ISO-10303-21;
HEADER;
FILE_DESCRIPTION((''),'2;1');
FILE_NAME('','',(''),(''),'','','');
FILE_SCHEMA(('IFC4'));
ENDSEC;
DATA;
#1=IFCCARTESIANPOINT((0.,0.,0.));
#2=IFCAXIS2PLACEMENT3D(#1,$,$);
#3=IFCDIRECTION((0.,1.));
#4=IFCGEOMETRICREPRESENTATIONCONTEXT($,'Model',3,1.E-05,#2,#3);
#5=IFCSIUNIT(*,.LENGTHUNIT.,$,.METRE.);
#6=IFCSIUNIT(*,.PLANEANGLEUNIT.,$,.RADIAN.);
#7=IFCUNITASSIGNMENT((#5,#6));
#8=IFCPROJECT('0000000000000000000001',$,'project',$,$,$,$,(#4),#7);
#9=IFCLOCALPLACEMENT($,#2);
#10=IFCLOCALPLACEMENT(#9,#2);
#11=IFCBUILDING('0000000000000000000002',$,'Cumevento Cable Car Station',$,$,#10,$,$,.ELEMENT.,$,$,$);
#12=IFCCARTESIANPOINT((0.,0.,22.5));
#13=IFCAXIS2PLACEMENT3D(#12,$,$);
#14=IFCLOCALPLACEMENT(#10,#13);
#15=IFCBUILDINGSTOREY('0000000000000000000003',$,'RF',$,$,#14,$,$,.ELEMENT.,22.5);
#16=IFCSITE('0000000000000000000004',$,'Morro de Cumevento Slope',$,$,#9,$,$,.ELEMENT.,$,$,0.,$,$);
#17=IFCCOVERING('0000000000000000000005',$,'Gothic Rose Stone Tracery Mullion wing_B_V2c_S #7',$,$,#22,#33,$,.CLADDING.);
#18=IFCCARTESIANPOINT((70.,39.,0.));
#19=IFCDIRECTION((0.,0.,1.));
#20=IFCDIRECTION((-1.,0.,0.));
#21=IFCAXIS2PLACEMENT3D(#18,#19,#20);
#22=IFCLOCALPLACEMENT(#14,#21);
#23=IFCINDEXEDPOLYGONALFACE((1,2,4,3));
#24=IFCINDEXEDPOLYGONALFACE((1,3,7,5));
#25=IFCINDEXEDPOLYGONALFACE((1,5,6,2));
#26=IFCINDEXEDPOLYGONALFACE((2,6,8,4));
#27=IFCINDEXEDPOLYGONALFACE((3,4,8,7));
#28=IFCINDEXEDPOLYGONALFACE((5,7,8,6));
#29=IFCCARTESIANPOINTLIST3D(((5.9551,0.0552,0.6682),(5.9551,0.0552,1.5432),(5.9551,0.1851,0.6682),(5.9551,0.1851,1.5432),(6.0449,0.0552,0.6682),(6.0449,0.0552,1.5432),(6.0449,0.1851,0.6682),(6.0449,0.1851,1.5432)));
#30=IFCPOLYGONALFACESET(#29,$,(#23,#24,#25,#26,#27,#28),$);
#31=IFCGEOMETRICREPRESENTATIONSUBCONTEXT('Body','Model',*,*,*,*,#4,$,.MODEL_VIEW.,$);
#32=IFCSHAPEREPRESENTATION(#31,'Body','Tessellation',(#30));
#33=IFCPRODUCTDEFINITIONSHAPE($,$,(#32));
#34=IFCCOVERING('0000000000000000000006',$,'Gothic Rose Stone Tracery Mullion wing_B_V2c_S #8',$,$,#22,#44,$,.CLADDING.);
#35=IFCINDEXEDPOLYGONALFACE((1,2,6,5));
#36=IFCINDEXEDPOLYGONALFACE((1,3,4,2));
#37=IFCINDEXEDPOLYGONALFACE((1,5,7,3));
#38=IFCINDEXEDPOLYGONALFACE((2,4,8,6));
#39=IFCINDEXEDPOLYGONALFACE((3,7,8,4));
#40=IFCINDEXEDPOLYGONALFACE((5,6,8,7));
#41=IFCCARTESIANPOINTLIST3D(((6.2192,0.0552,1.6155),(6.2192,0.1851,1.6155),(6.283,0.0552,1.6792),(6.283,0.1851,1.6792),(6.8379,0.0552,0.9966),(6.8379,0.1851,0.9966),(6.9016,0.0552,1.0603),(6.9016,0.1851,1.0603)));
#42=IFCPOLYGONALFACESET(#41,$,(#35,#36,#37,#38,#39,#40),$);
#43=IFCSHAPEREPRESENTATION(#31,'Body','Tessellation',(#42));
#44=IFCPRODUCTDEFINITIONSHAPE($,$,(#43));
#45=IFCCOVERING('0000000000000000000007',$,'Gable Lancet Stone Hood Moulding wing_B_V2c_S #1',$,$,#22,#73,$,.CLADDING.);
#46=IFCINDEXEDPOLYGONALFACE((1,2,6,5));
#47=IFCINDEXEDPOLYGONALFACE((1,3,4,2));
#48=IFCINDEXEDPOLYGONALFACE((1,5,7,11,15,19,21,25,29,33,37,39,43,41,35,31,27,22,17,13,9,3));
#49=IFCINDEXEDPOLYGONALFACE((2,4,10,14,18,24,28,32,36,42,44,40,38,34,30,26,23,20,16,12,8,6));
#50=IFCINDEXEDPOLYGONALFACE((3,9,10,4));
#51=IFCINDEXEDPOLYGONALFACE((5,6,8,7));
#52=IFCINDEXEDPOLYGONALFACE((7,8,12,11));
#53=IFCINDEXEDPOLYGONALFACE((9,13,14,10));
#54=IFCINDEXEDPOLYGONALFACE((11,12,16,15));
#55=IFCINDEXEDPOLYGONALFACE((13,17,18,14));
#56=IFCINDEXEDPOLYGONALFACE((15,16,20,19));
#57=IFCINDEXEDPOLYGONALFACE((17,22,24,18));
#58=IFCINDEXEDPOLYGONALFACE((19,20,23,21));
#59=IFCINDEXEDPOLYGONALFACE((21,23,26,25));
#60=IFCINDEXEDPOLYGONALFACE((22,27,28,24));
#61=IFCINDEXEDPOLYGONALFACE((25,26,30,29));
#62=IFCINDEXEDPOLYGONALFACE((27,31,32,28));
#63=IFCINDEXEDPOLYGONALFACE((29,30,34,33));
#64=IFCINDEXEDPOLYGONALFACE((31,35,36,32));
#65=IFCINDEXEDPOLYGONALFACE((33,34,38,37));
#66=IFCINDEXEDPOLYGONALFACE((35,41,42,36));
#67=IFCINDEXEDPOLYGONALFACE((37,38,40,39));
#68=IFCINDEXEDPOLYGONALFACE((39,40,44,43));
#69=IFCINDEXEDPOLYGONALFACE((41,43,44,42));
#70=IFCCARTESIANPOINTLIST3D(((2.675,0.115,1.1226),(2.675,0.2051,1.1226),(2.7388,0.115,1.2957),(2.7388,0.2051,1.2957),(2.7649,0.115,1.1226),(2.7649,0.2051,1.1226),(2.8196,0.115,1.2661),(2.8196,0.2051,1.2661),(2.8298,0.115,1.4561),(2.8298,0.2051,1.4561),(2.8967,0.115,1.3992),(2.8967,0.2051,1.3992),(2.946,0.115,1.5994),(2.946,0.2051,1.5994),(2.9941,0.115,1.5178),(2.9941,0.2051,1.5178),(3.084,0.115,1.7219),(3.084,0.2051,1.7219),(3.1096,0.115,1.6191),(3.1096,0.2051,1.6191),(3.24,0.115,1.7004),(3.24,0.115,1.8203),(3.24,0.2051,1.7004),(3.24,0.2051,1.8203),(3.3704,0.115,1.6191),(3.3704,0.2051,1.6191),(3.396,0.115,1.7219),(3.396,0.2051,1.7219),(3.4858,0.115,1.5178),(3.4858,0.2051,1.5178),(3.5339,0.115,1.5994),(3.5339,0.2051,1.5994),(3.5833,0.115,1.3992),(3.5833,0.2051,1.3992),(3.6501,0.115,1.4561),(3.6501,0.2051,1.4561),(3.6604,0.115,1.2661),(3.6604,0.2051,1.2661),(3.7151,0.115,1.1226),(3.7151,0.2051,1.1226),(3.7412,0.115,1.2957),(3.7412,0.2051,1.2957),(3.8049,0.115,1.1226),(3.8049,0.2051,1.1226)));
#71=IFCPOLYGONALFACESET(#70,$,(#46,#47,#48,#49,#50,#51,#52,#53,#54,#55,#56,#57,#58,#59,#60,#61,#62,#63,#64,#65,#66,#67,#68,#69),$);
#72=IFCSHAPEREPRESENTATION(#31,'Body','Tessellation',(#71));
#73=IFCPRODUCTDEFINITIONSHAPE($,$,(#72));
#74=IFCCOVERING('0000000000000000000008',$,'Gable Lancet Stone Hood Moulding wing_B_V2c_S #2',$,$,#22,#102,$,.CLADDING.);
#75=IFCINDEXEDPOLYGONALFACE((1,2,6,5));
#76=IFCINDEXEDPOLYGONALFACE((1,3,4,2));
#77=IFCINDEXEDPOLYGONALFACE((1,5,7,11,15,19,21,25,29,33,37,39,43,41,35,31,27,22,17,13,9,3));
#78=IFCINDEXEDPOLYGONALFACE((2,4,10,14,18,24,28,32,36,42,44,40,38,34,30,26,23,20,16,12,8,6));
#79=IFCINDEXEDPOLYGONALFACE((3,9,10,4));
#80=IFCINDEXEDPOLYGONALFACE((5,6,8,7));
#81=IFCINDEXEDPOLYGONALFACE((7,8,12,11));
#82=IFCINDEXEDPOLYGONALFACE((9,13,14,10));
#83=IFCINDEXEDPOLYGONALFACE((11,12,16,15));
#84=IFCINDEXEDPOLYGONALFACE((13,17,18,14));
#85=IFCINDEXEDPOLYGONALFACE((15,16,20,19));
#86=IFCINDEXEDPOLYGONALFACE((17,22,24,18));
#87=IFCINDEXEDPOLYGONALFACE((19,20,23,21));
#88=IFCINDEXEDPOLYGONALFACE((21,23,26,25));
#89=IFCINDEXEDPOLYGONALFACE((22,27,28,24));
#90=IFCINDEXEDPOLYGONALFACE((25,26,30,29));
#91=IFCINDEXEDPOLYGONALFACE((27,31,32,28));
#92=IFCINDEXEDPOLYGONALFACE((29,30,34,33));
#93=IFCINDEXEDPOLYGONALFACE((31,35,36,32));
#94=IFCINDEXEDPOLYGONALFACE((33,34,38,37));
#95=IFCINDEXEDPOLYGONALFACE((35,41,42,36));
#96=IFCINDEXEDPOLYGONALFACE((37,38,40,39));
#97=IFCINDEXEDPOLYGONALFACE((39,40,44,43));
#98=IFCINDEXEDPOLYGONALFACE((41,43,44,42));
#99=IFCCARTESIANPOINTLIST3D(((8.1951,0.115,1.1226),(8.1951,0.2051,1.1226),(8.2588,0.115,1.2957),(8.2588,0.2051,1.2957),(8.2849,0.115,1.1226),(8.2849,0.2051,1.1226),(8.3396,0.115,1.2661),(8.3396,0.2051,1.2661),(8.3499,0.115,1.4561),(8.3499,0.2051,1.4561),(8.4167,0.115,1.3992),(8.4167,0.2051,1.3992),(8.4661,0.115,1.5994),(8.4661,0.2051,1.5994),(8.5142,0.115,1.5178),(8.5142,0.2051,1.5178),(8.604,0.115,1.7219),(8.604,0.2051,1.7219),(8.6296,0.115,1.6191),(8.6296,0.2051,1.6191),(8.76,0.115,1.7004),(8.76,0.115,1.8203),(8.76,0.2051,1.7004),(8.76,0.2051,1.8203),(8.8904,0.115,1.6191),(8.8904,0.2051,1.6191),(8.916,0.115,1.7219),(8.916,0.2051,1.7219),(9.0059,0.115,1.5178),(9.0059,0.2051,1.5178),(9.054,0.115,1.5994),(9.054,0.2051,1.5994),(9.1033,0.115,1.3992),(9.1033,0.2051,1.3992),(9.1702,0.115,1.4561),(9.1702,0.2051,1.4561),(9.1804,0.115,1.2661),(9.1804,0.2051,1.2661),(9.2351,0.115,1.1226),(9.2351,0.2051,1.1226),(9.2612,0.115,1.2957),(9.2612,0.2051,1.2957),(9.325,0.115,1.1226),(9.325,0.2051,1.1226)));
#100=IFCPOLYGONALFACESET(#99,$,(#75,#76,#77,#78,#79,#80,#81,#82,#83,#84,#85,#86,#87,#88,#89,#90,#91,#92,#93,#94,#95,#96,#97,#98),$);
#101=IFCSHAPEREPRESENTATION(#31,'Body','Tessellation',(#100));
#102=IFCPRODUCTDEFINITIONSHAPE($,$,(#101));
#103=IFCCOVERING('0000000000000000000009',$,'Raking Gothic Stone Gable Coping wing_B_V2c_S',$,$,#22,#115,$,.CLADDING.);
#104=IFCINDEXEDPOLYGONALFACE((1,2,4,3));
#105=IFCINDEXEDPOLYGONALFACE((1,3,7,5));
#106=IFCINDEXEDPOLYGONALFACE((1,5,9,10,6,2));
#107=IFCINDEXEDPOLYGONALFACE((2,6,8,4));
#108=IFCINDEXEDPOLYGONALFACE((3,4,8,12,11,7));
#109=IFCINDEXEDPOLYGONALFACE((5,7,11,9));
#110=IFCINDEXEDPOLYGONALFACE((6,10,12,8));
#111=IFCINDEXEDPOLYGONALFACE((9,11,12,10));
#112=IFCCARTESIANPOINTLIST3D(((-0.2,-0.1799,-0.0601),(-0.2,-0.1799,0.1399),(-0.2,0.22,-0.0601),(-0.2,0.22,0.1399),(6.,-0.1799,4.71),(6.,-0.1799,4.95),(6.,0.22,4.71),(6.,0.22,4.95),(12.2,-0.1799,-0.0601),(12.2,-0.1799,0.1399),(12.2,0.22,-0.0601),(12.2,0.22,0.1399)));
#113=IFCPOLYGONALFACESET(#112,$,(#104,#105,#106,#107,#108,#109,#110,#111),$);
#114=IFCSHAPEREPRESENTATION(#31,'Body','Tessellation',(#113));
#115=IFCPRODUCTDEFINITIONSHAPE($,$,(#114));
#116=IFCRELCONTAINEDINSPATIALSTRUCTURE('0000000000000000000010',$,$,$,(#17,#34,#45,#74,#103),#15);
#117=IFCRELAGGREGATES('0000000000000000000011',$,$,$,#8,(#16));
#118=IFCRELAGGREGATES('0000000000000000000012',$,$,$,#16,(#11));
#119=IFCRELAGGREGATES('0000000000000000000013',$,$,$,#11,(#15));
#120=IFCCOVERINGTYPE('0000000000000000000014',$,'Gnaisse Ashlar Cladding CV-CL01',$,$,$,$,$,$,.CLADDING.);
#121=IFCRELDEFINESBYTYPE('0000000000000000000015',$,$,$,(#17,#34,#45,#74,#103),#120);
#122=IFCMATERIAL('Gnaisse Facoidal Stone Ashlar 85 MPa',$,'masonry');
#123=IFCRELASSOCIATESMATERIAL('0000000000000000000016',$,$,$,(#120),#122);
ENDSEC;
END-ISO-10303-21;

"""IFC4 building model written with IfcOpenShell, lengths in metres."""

from ifc_helpers import new_model, si_unit, direction, frame, origin, place, context, subcontext, project, spatial, polyline, outline, extrude, material, type_object, element, save


model = new_model("IFC4")

# Units and contexts
model_context = context("Model", 3, precision=1e-05, world=origin(), true_north=direction((0.0, 1.0)))
body_context = subcontext(model_context, "Body", "Model", "MODEL_VIEW")
ifc_project = project(units=[si_unit("LENGTHUNIT", "METRE"), si_unit("PLANEANGLEUNIT", "RADIAN")], contexts=[model_context])

# Site, building, storey
site_placement = place(None, origin())
site = spatial("IfcSite", under=ifc_project, at=site_placement, Name="Morro de Cumevento Slope", CompositionType="ELEMENT", RefElevation=0.0)
building_placement = place(site_placement, origin())
building = spatial("IfcBuilding", under=site, at=building_placement, Name="Cumevento Cable Car Station", CompositionType="ELEMENT")
storey_placement = place(building_placement, frame((0.0, 0.0, 22.5)))
storey = spatial("IfcBuildingStorey", under=building, at=storey_placement, Name="RF", CompositionType="ELEMENT", Elevation=22.5)

# Coverings
ifc_material_1 = material(Name="Gnaisse Facoidal Stone Ashlar 85 MPa", Category="masonry")
covering_type_1 = type_object("IfcCoveringType", Name="Gnaisse Ashlar Cladding CV-CL01", PredefinedType="CLADDING", material=ifc_material_1)
placement = place(storey_placement, frame((70.0, 39.0, 0.0), z_axis=(0.0, 0.0, 1.0), x_axis=(-1.0, 0.0, 0.0)))
element("IfcCovering", 1, at=placement, inside=storey, type_object=covering_type_1, Name="Gothic Rose Stone Tracery Mullion wing_B_V2c_S #7", PredefinedType="CLADDING", context=body_context, shape_type="SweptSolid", body=[
    extrude(outline(polyline([(6.0449, 1.5432), (6.0449, 0.6682), (5.9551, 0.6682), (5.9551, 1.5432), (6.0449, 1.5432)])), frame((0.0, 0.1851, 0.0), z_axis=(0.0, -1.0, 0.0), x_axis=(1.0, 0.0, 0.0)), (0.0, 0.0, 1.0), 0.1299),
])
element("IfcCovering", 2, at=placement, inside=storey, type_object=covering_type_1, Name="Gothic Rose Stone Tracery Mullion wing_B_V2c_S #8", PredefinedType="CLADDING", context=body_context, shape_type="SweptSolid", body=[
    extrude(outline(polyline([(6.283, 1.6792), (6.9016, 1.0603), (6.8379, 0.9966), (6.2192, 1.6155), (6.283, 1.6792)])), frame((0.0, 0.1851, 0.0), z_axis=(0.0, -1.0, 0.0), x_axis=(1.0, 0.0, 0.0)), (0.0, 0.0, 1.0), 0.1299),
])
element("IfcCovering", 3, at=placement, inside=storey, type_object=covering_type_1, Name="Gable Lancet Stone Hood Moulding wing_B_V2c_S #1", PredefinedType="CLADDING", context=body_context, shape_type="SweptSolid", body=[
    extrude(outline(polyline([(2.7649, 1.1226), (2.8196, 1.2661), (2.8967, 1.3992), (2.9941, 1.5178), (3.1096, 1.6191), (3.24, 1.7004), (3.3704, 1.6191), (3.4858, 1.5178), (3.5833, 1.3992), (3.6604, 1.2661), (3.7151, 1.1226), (3.8049, 1.1226), (3.7412, 1.2957), (3.6501, 1.4561), (3.5339, 1.5994), (3.396, 1.7219), (3.24, 1.8203), (3.084, 1.7219), (2.946, 1.5994), (2.8298, 1.4561), (2.7388, 1.2957), (2.675, 1.1226), (2.7649, 1.1226)])), frame((0.0, 0.2051, 0.0), z_axis=(0.0, -1.0, 0.0), x_axis=(1.0, 0.0, 0.0)), (0.0, 0.0, 1.0), 0.0901),
])
element("IfcCovering", 4, at=placement, inside=storey, type_object=covering_type_1, Name="Gable Lancet Stone Hood Moulding wing_B_V2c_S #2", PredefinedType="CLADDING", context=body_context, shape_type="SweptSolid", body=[
    extrude(outline(polyline([(8.2849, 1.1226), (8.3396, 1.2661), (8.4167, 1.3992), (8.5142, 1.5178), (8.6296, 1.6191), (8.76, 1.7004), (8.8904, 1.6191), (9.0059, 1.5178), (9.1033, 1.3992), (9.1804, 1.2661), (9.2351, 1.1226), (9.325, 1.1226), (9.2612, 1.2957), (9.1702, 1.4561), (9.054, 1.5994), (8.916, 1.7219), (8.76, 1.8203), (8.604, 1.7219), (8.4661, 1.5994), (8.3499, 1.4561), (8.2588, 1.2957), (8.1951, 1.1226), (8.2849, 1.1226)])), frame((0.0, 0.2051, 0.0), z_axis=(0.0, -1.0, 0.0), x_axis=(1.0, 0.0, 0.0)), (0.0, 0.0, 1.0), 0.0901),
])
element("IfcCovering", 5, at=placement, inside=storey, type_object=covering_type_1, Name="Raking Gothic Stone Gable Coping wing_B_V2c_S", PredefinedType="CLADDING", context=body_context, shape_type="SweptSolid", body=[
    extrude(outline(polyline([(-0.2, -0.0601), (6.0, 4.71), (12.2, -0.0601), (12.2, 0.1399), (6.0, 4.95), (-0.2, 0.1399), (-0.2, -0.0601)])), frame((0.0, 0.22, 0.0), z_axis=(0.0, -1.0, 0.0), x_axis=(1.0, 0.0, 0.0)), (0.0, 0.0, 1.0), 0.3999),
])

save(model, "model.ifc")
